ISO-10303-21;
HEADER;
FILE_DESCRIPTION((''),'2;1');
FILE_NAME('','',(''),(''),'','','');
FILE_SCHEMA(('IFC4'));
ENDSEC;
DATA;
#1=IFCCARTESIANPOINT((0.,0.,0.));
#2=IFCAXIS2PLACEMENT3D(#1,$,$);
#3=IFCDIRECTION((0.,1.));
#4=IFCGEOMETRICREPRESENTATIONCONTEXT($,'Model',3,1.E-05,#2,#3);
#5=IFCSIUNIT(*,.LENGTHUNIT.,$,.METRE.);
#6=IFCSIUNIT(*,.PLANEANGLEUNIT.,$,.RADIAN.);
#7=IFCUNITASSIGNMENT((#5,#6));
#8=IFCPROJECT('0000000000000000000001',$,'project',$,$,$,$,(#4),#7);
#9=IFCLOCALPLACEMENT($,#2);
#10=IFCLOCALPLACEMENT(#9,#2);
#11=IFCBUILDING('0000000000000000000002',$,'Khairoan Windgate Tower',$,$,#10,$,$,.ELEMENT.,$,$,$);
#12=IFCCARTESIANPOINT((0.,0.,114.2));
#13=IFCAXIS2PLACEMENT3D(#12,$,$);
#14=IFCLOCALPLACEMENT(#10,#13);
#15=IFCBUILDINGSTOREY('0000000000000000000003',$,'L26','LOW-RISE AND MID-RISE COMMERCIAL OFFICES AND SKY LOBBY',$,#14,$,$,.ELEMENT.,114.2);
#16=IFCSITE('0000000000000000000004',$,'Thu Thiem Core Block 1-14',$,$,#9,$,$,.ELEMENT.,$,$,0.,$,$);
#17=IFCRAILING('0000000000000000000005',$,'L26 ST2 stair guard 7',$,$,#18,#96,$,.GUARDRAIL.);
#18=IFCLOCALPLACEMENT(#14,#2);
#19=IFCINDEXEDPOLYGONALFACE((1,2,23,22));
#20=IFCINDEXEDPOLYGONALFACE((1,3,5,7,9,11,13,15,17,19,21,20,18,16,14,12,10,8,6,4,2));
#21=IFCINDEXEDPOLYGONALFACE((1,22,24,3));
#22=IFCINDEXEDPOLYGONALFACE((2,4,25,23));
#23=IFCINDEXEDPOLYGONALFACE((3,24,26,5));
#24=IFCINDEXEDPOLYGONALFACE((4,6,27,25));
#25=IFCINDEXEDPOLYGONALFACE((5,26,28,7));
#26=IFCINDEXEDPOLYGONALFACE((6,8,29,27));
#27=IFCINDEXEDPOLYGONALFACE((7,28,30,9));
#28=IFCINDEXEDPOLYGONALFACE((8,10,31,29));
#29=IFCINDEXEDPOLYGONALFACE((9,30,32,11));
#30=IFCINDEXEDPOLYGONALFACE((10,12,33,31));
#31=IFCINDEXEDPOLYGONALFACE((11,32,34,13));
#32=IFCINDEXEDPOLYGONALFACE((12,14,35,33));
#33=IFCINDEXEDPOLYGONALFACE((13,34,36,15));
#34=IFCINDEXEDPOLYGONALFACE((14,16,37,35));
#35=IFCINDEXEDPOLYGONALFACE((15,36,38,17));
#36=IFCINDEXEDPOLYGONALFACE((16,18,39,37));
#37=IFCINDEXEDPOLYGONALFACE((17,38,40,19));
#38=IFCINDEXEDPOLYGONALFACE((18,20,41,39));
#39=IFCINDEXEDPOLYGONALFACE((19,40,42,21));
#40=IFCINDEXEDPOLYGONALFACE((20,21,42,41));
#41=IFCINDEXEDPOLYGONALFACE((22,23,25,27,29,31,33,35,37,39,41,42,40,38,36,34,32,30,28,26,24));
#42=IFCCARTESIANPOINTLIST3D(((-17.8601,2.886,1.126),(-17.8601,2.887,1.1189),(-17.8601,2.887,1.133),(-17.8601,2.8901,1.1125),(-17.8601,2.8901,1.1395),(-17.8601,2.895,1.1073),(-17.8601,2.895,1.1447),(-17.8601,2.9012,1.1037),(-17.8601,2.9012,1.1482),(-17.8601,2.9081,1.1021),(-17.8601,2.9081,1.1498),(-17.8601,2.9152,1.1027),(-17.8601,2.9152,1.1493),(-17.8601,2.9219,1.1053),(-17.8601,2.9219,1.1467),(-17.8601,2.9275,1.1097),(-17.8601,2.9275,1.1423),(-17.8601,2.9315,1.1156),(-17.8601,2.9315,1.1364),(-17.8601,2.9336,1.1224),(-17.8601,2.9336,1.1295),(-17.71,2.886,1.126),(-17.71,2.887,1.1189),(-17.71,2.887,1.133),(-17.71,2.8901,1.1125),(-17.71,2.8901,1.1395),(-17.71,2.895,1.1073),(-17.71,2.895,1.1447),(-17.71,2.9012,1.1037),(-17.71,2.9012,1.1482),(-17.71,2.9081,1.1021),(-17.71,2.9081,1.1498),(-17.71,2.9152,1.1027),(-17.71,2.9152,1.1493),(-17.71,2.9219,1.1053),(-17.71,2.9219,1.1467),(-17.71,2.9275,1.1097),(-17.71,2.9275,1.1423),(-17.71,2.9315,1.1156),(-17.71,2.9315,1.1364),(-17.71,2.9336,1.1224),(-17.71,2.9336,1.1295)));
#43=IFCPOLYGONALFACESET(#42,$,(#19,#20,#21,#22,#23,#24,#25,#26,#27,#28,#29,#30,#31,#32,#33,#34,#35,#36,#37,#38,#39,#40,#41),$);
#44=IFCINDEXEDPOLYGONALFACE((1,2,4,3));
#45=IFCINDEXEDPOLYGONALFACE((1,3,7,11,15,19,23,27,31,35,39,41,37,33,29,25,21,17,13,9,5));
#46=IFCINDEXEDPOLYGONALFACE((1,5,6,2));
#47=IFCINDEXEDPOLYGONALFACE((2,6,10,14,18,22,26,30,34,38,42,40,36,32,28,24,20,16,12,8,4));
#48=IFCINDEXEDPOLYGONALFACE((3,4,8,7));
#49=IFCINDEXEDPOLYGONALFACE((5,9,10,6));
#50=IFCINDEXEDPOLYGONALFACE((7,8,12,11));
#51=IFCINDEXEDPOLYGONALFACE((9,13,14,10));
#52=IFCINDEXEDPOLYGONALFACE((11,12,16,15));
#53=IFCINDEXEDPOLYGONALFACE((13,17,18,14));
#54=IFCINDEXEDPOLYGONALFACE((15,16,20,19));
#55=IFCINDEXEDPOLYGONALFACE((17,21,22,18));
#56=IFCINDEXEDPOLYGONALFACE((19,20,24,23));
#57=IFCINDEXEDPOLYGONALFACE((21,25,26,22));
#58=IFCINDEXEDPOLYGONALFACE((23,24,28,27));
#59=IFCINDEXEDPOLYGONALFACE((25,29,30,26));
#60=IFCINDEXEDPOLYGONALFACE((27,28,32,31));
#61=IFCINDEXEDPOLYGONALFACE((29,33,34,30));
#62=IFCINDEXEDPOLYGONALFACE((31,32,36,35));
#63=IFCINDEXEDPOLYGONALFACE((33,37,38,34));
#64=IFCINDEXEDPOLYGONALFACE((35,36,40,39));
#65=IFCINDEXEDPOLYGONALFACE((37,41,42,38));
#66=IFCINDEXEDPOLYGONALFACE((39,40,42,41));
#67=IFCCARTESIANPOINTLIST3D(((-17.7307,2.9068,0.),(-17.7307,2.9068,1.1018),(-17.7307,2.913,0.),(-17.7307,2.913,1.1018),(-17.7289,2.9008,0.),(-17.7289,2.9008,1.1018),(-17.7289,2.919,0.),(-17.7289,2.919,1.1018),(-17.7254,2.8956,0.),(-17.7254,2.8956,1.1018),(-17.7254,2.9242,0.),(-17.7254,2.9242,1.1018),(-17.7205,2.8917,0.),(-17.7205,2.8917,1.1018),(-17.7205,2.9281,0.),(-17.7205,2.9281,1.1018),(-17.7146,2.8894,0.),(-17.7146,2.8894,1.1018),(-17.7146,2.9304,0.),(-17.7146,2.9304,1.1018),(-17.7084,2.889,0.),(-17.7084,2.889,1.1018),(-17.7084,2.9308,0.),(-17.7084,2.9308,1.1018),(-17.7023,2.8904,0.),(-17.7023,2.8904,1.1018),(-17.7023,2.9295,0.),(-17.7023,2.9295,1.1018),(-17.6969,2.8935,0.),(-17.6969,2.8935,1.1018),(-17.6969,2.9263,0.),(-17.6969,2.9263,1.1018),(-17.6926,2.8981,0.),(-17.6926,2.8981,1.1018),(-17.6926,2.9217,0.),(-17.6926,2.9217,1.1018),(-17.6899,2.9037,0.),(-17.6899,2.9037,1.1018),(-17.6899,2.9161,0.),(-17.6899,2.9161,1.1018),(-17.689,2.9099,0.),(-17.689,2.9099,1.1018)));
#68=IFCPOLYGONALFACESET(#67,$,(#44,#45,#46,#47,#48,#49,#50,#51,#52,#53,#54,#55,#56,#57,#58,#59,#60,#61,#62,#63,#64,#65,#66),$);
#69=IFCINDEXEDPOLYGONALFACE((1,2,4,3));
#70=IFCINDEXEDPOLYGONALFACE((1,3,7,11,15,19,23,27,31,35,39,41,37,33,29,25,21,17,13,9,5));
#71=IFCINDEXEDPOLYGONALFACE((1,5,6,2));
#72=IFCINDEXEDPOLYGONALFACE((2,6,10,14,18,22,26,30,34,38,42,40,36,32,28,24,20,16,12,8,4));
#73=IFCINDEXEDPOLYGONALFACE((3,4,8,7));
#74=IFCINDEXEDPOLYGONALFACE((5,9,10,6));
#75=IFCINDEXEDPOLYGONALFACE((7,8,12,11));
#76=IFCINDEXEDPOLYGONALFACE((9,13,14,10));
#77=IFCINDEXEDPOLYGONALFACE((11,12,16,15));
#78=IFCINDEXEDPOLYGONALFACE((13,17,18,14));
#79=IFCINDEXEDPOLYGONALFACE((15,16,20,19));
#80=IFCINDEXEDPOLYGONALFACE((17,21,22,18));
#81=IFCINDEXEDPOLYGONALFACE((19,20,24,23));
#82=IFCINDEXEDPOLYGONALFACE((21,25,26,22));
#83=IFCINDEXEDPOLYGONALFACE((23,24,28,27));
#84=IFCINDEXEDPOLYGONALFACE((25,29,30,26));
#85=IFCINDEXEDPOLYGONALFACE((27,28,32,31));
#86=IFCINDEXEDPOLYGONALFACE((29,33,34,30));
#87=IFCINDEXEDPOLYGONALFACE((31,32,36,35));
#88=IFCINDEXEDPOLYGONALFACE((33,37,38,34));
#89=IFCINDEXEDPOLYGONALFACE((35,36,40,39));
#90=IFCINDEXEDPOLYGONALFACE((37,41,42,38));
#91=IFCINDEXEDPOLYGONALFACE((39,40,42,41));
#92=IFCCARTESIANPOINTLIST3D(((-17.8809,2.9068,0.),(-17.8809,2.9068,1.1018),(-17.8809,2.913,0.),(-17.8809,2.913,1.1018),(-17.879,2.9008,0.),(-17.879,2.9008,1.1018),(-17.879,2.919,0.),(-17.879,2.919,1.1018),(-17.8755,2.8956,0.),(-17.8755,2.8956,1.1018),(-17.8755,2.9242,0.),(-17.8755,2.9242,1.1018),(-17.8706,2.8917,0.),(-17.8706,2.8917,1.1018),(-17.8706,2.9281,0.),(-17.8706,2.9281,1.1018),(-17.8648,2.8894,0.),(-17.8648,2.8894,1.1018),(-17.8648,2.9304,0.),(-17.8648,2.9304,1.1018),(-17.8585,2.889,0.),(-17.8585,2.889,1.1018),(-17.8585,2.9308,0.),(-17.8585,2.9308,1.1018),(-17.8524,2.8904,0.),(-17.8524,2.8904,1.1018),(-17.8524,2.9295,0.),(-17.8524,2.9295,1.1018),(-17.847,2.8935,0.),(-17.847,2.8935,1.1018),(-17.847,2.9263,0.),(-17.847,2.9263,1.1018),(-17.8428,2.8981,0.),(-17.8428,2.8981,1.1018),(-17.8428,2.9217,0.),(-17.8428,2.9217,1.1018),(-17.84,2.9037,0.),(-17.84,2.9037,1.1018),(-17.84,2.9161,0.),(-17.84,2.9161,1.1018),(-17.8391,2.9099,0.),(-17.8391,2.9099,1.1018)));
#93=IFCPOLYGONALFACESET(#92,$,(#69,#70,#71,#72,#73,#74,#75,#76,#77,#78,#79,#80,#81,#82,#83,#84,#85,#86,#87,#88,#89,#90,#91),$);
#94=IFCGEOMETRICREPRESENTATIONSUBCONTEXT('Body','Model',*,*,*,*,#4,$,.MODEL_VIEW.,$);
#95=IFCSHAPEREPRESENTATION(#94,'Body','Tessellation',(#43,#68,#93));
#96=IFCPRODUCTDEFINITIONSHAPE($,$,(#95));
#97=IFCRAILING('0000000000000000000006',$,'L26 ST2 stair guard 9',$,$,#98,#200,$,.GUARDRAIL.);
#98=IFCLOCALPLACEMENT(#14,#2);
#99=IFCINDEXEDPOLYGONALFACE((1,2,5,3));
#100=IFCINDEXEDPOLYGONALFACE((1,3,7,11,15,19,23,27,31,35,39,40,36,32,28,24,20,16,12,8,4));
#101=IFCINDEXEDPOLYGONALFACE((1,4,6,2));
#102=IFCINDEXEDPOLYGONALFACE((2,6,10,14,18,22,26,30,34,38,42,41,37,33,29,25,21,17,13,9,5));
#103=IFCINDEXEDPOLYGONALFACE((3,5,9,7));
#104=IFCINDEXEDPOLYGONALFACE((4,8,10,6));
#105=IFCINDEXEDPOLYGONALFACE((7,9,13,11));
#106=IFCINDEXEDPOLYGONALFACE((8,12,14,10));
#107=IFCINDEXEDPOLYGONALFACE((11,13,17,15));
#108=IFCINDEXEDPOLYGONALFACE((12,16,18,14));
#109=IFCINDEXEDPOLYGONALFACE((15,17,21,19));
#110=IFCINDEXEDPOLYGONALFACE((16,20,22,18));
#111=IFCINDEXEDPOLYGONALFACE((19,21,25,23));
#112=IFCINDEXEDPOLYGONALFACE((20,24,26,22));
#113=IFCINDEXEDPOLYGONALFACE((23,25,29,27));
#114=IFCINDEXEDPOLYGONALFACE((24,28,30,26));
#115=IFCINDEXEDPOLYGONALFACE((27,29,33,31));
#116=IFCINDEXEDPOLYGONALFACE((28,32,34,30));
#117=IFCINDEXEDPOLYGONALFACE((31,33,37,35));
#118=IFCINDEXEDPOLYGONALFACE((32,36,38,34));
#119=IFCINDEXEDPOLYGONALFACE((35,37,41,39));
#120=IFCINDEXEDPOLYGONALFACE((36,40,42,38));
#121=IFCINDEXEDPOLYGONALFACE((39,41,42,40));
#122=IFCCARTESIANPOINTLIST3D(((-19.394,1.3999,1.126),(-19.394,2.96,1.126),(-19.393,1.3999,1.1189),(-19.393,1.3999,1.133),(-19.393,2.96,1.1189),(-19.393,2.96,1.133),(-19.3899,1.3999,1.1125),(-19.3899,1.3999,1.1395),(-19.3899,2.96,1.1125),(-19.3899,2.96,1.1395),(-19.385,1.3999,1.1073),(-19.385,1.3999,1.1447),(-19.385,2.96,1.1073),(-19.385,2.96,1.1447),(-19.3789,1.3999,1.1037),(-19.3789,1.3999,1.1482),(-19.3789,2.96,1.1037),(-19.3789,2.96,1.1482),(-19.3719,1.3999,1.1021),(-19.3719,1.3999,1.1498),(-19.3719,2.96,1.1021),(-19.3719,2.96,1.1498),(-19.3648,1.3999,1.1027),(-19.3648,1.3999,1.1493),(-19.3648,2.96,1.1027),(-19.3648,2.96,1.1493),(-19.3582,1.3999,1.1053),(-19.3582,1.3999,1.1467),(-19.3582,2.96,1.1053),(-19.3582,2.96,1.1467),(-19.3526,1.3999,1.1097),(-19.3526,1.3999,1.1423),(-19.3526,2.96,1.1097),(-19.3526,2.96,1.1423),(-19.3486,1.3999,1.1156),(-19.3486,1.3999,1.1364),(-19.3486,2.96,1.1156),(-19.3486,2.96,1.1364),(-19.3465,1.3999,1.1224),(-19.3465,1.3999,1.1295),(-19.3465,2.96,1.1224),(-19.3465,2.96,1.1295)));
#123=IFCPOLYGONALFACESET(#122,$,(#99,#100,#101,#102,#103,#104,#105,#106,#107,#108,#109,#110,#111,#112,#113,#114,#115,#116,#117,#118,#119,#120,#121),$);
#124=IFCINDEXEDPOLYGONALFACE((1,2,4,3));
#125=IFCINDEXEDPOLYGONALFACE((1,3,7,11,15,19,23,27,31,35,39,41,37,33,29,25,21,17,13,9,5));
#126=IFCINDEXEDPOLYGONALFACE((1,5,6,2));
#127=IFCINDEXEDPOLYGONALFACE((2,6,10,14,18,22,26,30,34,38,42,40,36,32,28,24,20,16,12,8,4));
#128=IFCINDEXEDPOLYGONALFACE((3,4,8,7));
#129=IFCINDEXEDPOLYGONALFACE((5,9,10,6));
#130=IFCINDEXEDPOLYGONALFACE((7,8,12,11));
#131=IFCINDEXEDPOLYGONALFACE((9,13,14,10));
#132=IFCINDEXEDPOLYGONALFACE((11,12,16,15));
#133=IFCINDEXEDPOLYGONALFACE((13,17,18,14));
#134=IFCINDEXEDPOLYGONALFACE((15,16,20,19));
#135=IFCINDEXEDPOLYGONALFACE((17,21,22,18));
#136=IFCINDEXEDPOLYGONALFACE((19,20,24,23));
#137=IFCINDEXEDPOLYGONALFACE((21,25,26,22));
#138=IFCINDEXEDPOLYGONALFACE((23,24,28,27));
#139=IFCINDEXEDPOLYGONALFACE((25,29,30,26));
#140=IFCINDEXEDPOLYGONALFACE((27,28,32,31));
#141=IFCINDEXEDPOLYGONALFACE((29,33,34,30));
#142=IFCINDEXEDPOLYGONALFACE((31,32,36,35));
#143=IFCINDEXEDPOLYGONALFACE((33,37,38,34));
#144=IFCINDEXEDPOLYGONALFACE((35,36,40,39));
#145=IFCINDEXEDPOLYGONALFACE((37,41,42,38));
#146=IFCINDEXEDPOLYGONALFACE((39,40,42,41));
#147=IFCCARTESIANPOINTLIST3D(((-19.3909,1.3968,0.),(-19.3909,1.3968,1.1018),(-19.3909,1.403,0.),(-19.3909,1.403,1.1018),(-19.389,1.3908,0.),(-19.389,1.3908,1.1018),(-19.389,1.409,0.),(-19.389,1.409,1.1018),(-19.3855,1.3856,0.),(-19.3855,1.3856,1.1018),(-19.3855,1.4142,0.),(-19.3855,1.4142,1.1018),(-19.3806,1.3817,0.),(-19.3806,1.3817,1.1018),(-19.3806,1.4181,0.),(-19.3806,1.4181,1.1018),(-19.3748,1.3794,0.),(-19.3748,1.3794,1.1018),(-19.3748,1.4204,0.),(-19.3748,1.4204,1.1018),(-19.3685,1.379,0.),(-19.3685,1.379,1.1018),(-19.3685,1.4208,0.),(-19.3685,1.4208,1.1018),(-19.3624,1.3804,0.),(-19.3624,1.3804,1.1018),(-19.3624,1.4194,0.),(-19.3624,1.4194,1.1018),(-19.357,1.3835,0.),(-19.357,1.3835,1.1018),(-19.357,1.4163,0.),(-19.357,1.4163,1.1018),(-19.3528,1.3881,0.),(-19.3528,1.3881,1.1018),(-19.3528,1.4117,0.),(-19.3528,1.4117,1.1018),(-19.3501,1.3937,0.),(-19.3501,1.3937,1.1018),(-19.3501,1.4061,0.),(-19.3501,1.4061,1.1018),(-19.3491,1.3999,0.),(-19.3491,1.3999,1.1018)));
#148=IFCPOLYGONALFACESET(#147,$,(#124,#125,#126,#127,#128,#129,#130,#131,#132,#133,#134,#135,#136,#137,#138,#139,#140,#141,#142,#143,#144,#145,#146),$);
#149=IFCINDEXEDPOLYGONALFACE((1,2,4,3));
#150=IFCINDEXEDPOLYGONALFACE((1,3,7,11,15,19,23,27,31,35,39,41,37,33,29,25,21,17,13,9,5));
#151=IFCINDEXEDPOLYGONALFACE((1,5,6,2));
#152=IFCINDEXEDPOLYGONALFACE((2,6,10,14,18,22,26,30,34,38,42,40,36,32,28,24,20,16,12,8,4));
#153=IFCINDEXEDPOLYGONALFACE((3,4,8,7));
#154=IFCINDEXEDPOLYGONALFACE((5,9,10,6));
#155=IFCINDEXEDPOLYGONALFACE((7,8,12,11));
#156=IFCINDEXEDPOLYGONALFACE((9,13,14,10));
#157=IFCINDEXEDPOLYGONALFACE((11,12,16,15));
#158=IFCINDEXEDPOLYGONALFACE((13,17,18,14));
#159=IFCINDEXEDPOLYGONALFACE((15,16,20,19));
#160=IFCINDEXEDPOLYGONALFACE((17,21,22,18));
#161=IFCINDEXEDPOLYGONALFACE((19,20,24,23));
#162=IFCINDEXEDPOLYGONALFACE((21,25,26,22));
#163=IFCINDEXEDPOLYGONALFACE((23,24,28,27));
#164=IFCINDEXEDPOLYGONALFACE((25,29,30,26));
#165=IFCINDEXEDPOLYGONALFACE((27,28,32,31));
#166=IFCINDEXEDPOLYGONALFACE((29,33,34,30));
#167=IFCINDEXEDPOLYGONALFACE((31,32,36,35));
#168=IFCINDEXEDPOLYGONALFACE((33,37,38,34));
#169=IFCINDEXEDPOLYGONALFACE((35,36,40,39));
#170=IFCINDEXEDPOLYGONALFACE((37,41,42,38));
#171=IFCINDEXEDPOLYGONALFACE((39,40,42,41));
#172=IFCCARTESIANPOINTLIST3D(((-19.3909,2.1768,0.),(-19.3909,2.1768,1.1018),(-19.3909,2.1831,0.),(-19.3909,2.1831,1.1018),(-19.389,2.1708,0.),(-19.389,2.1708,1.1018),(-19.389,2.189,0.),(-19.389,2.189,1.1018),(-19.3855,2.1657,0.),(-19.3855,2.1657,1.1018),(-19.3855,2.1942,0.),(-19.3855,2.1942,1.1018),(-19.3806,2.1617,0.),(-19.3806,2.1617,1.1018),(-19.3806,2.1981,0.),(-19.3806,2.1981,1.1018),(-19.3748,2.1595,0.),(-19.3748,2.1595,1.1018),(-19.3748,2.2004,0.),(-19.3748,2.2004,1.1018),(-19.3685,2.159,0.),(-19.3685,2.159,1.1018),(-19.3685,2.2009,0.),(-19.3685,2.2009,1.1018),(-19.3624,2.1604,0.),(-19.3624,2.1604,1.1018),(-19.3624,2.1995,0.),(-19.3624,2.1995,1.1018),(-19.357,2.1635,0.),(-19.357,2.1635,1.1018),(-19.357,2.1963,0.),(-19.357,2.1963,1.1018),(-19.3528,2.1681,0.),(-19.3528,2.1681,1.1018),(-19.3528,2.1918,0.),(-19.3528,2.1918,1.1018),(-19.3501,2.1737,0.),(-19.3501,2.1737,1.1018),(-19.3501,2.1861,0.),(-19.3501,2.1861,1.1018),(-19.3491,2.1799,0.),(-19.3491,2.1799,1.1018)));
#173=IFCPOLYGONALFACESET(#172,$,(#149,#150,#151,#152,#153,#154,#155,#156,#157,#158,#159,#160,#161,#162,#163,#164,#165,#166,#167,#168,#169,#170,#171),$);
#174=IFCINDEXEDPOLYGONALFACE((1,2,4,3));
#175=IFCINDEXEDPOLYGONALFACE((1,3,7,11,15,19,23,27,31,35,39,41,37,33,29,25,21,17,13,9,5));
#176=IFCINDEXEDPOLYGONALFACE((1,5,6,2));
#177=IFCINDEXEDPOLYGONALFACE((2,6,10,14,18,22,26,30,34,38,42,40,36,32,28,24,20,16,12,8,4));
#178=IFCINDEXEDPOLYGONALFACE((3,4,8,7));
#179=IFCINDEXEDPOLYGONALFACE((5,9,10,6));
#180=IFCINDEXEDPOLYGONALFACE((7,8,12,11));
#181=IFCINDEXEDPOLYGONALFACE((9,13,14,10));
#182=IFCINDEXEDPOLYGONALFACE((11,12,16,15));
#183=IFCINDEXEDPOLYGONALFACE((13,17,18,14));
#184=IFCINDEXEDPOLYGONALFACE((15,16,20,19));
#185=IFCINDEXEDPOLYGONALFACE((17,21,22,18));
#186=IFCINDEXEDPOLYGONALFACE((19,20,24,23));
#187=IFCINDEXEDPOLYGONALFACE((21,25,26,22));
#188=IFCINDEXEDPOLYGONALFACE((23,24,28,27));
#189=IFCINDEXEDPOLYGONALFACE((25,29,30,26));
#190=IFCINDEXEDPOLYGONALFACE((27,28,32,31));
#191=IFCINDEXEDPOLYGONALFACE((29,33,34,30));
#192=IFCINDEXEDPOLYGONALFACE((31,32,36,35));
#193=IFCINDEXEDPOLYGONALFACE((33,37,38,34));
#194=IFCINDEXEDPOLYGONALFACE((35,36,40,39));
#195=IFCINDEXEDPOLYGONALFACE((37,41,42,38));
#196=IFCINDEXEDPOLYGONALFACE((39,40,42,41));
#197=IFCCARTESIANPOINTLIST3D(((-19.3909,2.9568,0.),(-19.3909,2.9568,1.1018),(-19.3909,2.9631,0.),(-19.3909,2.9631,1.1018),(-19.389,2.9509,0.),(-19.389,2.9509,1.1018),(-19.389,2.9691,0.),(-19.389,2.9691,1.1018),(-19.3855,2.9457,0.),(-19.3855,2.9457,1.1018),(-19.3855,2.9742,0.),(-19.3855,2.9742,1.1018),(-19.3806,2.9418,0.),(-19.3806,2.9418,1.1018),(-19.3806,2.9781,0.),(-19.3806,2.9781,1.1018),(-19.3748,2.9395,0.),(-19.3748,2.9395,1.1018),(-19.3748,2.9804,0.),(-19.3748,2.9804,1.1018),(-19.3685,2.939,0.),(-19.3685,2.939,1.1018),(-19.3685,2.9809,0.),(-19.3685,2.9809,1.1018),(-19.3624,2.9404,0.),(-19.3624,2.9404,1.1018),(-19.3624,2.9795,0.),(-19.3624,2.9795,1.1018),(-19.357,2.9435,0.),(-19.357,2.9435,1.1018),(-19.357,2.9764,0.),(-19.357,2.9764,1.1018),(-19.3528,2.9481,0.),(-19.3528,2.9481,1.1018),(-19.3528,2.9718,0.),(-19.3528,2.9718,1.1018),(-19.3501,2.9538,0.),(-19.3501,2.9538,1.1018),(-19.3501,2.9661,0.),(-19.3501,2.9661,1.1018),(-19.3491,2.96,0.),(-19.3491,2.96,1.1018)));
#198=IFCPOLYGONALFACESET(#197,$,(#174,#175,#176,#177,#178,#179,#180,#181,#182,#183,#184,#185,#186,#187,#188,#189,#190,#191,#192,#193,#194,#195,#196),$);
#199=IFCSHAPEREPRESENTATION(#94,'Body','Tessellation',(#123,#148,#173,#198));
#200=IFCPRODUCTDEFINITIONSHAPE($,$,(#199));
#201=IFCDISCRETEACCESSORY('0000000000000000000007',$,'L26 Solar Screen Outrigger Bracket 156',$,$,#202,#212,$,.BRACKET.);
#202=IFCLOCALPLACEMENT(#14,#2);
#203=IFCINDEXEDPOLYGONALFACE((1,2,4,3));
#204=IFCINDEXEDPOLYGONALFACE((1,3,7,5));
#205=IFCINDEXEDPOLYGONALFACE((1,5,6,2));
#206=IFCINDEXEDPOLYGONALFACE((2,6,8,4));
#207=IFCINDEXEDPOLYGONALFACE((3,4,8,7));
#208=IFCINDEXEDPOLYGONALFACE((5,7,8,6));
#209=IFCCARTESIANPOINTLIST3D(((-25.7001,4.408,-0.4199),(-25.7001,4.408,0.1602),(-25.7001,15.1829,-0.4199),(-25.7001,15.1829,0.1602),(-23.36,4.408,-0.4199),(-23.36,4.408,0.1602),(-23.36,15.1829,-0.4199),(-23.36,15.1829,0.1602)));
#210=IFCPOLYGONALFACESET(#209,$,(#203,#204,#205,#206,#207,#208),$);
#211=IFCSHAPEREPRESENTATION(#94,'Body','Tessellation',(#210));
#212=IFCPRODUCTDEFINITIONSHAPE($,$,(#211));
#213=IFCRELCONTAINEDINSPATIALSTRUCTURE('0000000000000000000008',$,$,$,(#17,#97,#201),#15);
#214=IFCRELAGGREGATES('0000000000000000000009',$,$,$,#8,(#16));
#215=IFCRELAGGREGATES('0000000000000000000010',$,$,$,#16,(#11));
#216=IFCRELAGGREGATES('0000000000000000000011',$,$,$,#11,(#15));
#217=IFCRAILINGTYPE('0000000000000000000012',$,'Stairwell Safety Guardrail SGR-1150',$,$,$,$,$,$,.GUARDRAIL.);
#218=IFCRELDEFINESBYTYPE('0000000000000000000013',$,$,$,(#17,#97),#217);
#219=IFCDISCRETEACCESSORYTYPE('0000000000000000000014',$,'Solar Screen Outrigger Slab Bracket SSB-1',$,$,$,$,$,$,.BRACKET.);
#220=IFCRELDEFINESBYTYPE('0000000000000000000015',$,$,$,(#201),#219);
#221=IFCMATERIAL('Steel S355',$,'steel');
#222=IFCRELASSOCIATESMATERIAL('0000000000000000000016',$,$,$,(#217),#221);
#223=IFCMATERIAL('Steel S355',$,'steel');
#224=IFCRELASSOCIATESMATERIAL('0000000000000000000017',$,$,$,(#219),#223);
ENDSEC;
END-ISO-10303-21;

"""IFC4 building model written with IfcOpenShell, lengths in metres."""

from ifc_helpers import new_model, si_unit, direction, frame, origin, origin_2d, place, context, subcontext, project, spatial, rectangle, circle, extrude, material, type_object, element, save


model = new_model("IFC4")

# Units and contexts
model_context = context("Model", 3, precision=1e-05, world=origin(), true_north=direction((0.0, 1.0)))
body_context = subcontext(model_context, "Body", "Model", "MODEL_VIEW")
ifc_project = project(units=[si_unit("LENGTHUNIT", "METRE"), si_unit("PLANEANGLEUNIT", "RADIAN")], contexts=[model_context])

# Site, building, storey
site_placement = place(None, origin())
site = spatial("IfcSite", under=ifc_project, at=site_placement, Name="Thu Thiem Core Block 1-14", CompositionType="ELEMENT", RefElevation=0.0)
building_placement = place(site_placement, origin())
building = spatial("IfcBuilding", under=site, at=building_placement, Name="Khairoan Windgate Tower", CompositionType="ELEMENT")
storey_placement = place(building_placement, frame((0.0, 0.0, 114.2)))
storey = spatial("IfcBuildingStorey", under=building, at=storey_placement, Name="L26", Description="LOW-RISE AND MID-RISE COMMERCIAL OFFICES AND SKY LOBBY", CompositionType="ELEMENT", Elevation=114.2)

# Railings
ifc_material_1 = material(Name="Steel S355", Category="steel")
railing_type_1 = type_object("IfcRailingType", Name="Stairwell Safety Guardrail SGR-1150", PredefinedType="GUARDRAIL", material=ifc_material_1)
railing_1_placement = place(storey_placement, frame((-17.71, 2.9099, 0.0)))
element("IfcRailing", 1, at=railing_1_placement, inside=storey, type_object=railing_type_1, Name="L26 ST2 stair guard 7", PredefinedType="GUARDRAIL", context=body_context, shape_type="SweptSolid", body=[
    extrude(circle(Radius=0.0239, at=origin_2d()), frame((0.0, 0.0, 1.126), z_axis=(-1.0, 0.0, 0.0), x_axis=(0.0, -1.0, 0.0)), (0.0, 0.0, 1.0), 0.1501),
    extrude(circle(Radius=0.021, at=origin_2d()), origin(), (0.0, 0.0, 1.0), 1.1018),
    extrude(circle(Radius=0.021, at=origin_2d()), frame((-0.1501, 0.0, 0.0)), (0.0, 0.0, 1.0), 1.1018),
])
railing_2_placement = place(storey_placement, frame((-19.3701, 1.3999, 0.0)))
element("IfcRailing", 2, at=railing_2_placement, inside=storey, type_object=railing_type_1, Name="L26 ST2 stair guard 9", PredefinedType="GUARDRAIL", context=body_context, shape_type="SweptSolid", body=[
    extrude(circle(Radius=0.0239, at=origin_2d()), frame((0.0, 0.0, 1.126), z_axis=(0.0, 1.0, 0.0), x_axis=(-1.0, 0.0, 0.0)), (0.0, 0.0, 1.0), 1.5601),
    extrude(circle(Radius=0.021, at=origin_2d()), origin(), (0.0, 0.0, 1.0), 1.1018),
    extrude(circle(Radius=0.021, at=origin_2d()), frame((0.0, 0.78, 0.0)), (0.0, 0.0, 1.0), 1.1018),
    extrude(circle(Radius=0.021, at=origin_2d()), frame((0.0, 1.5601, 0.0)), (0.0, 0.0, 1.0), 1.1018),
])

# Discrete accessory
ifc_material_2 = material(Name="Steel S355", Category="steel")
discrete_accessory_type = type_object("IfcDiscreteAccessoryType", Name="Solar Screen Outrigger Slab Bracket SSB-1", PredefinedType="BRACKET", material=ifc_material_2)
discrete_accessory_placement = place(storey_placement, frame((-24.53, 9.7954, -0.4199), z_axis=(0.0, 0.0, 1.0), x_axis=(0.0, 1.0, 0.0)))
element("IfcDiscreteAccessory", 3, at=discrete_accessory_placement, inside=storey, type_object=discrete_accessory_type, Name="L26 Solar Screen Outrigger Bracket 156", PredefinedType="BRACKET", context=body_context, shape_type="SweptSolid", body=[
    extrude(rectangle(XDim=10.7749, YDim=2.3401, at=origin_2d()), origin(), (0.0, 0.0, 1.0), 0.5801),
])

save(model, "model.ifc")
